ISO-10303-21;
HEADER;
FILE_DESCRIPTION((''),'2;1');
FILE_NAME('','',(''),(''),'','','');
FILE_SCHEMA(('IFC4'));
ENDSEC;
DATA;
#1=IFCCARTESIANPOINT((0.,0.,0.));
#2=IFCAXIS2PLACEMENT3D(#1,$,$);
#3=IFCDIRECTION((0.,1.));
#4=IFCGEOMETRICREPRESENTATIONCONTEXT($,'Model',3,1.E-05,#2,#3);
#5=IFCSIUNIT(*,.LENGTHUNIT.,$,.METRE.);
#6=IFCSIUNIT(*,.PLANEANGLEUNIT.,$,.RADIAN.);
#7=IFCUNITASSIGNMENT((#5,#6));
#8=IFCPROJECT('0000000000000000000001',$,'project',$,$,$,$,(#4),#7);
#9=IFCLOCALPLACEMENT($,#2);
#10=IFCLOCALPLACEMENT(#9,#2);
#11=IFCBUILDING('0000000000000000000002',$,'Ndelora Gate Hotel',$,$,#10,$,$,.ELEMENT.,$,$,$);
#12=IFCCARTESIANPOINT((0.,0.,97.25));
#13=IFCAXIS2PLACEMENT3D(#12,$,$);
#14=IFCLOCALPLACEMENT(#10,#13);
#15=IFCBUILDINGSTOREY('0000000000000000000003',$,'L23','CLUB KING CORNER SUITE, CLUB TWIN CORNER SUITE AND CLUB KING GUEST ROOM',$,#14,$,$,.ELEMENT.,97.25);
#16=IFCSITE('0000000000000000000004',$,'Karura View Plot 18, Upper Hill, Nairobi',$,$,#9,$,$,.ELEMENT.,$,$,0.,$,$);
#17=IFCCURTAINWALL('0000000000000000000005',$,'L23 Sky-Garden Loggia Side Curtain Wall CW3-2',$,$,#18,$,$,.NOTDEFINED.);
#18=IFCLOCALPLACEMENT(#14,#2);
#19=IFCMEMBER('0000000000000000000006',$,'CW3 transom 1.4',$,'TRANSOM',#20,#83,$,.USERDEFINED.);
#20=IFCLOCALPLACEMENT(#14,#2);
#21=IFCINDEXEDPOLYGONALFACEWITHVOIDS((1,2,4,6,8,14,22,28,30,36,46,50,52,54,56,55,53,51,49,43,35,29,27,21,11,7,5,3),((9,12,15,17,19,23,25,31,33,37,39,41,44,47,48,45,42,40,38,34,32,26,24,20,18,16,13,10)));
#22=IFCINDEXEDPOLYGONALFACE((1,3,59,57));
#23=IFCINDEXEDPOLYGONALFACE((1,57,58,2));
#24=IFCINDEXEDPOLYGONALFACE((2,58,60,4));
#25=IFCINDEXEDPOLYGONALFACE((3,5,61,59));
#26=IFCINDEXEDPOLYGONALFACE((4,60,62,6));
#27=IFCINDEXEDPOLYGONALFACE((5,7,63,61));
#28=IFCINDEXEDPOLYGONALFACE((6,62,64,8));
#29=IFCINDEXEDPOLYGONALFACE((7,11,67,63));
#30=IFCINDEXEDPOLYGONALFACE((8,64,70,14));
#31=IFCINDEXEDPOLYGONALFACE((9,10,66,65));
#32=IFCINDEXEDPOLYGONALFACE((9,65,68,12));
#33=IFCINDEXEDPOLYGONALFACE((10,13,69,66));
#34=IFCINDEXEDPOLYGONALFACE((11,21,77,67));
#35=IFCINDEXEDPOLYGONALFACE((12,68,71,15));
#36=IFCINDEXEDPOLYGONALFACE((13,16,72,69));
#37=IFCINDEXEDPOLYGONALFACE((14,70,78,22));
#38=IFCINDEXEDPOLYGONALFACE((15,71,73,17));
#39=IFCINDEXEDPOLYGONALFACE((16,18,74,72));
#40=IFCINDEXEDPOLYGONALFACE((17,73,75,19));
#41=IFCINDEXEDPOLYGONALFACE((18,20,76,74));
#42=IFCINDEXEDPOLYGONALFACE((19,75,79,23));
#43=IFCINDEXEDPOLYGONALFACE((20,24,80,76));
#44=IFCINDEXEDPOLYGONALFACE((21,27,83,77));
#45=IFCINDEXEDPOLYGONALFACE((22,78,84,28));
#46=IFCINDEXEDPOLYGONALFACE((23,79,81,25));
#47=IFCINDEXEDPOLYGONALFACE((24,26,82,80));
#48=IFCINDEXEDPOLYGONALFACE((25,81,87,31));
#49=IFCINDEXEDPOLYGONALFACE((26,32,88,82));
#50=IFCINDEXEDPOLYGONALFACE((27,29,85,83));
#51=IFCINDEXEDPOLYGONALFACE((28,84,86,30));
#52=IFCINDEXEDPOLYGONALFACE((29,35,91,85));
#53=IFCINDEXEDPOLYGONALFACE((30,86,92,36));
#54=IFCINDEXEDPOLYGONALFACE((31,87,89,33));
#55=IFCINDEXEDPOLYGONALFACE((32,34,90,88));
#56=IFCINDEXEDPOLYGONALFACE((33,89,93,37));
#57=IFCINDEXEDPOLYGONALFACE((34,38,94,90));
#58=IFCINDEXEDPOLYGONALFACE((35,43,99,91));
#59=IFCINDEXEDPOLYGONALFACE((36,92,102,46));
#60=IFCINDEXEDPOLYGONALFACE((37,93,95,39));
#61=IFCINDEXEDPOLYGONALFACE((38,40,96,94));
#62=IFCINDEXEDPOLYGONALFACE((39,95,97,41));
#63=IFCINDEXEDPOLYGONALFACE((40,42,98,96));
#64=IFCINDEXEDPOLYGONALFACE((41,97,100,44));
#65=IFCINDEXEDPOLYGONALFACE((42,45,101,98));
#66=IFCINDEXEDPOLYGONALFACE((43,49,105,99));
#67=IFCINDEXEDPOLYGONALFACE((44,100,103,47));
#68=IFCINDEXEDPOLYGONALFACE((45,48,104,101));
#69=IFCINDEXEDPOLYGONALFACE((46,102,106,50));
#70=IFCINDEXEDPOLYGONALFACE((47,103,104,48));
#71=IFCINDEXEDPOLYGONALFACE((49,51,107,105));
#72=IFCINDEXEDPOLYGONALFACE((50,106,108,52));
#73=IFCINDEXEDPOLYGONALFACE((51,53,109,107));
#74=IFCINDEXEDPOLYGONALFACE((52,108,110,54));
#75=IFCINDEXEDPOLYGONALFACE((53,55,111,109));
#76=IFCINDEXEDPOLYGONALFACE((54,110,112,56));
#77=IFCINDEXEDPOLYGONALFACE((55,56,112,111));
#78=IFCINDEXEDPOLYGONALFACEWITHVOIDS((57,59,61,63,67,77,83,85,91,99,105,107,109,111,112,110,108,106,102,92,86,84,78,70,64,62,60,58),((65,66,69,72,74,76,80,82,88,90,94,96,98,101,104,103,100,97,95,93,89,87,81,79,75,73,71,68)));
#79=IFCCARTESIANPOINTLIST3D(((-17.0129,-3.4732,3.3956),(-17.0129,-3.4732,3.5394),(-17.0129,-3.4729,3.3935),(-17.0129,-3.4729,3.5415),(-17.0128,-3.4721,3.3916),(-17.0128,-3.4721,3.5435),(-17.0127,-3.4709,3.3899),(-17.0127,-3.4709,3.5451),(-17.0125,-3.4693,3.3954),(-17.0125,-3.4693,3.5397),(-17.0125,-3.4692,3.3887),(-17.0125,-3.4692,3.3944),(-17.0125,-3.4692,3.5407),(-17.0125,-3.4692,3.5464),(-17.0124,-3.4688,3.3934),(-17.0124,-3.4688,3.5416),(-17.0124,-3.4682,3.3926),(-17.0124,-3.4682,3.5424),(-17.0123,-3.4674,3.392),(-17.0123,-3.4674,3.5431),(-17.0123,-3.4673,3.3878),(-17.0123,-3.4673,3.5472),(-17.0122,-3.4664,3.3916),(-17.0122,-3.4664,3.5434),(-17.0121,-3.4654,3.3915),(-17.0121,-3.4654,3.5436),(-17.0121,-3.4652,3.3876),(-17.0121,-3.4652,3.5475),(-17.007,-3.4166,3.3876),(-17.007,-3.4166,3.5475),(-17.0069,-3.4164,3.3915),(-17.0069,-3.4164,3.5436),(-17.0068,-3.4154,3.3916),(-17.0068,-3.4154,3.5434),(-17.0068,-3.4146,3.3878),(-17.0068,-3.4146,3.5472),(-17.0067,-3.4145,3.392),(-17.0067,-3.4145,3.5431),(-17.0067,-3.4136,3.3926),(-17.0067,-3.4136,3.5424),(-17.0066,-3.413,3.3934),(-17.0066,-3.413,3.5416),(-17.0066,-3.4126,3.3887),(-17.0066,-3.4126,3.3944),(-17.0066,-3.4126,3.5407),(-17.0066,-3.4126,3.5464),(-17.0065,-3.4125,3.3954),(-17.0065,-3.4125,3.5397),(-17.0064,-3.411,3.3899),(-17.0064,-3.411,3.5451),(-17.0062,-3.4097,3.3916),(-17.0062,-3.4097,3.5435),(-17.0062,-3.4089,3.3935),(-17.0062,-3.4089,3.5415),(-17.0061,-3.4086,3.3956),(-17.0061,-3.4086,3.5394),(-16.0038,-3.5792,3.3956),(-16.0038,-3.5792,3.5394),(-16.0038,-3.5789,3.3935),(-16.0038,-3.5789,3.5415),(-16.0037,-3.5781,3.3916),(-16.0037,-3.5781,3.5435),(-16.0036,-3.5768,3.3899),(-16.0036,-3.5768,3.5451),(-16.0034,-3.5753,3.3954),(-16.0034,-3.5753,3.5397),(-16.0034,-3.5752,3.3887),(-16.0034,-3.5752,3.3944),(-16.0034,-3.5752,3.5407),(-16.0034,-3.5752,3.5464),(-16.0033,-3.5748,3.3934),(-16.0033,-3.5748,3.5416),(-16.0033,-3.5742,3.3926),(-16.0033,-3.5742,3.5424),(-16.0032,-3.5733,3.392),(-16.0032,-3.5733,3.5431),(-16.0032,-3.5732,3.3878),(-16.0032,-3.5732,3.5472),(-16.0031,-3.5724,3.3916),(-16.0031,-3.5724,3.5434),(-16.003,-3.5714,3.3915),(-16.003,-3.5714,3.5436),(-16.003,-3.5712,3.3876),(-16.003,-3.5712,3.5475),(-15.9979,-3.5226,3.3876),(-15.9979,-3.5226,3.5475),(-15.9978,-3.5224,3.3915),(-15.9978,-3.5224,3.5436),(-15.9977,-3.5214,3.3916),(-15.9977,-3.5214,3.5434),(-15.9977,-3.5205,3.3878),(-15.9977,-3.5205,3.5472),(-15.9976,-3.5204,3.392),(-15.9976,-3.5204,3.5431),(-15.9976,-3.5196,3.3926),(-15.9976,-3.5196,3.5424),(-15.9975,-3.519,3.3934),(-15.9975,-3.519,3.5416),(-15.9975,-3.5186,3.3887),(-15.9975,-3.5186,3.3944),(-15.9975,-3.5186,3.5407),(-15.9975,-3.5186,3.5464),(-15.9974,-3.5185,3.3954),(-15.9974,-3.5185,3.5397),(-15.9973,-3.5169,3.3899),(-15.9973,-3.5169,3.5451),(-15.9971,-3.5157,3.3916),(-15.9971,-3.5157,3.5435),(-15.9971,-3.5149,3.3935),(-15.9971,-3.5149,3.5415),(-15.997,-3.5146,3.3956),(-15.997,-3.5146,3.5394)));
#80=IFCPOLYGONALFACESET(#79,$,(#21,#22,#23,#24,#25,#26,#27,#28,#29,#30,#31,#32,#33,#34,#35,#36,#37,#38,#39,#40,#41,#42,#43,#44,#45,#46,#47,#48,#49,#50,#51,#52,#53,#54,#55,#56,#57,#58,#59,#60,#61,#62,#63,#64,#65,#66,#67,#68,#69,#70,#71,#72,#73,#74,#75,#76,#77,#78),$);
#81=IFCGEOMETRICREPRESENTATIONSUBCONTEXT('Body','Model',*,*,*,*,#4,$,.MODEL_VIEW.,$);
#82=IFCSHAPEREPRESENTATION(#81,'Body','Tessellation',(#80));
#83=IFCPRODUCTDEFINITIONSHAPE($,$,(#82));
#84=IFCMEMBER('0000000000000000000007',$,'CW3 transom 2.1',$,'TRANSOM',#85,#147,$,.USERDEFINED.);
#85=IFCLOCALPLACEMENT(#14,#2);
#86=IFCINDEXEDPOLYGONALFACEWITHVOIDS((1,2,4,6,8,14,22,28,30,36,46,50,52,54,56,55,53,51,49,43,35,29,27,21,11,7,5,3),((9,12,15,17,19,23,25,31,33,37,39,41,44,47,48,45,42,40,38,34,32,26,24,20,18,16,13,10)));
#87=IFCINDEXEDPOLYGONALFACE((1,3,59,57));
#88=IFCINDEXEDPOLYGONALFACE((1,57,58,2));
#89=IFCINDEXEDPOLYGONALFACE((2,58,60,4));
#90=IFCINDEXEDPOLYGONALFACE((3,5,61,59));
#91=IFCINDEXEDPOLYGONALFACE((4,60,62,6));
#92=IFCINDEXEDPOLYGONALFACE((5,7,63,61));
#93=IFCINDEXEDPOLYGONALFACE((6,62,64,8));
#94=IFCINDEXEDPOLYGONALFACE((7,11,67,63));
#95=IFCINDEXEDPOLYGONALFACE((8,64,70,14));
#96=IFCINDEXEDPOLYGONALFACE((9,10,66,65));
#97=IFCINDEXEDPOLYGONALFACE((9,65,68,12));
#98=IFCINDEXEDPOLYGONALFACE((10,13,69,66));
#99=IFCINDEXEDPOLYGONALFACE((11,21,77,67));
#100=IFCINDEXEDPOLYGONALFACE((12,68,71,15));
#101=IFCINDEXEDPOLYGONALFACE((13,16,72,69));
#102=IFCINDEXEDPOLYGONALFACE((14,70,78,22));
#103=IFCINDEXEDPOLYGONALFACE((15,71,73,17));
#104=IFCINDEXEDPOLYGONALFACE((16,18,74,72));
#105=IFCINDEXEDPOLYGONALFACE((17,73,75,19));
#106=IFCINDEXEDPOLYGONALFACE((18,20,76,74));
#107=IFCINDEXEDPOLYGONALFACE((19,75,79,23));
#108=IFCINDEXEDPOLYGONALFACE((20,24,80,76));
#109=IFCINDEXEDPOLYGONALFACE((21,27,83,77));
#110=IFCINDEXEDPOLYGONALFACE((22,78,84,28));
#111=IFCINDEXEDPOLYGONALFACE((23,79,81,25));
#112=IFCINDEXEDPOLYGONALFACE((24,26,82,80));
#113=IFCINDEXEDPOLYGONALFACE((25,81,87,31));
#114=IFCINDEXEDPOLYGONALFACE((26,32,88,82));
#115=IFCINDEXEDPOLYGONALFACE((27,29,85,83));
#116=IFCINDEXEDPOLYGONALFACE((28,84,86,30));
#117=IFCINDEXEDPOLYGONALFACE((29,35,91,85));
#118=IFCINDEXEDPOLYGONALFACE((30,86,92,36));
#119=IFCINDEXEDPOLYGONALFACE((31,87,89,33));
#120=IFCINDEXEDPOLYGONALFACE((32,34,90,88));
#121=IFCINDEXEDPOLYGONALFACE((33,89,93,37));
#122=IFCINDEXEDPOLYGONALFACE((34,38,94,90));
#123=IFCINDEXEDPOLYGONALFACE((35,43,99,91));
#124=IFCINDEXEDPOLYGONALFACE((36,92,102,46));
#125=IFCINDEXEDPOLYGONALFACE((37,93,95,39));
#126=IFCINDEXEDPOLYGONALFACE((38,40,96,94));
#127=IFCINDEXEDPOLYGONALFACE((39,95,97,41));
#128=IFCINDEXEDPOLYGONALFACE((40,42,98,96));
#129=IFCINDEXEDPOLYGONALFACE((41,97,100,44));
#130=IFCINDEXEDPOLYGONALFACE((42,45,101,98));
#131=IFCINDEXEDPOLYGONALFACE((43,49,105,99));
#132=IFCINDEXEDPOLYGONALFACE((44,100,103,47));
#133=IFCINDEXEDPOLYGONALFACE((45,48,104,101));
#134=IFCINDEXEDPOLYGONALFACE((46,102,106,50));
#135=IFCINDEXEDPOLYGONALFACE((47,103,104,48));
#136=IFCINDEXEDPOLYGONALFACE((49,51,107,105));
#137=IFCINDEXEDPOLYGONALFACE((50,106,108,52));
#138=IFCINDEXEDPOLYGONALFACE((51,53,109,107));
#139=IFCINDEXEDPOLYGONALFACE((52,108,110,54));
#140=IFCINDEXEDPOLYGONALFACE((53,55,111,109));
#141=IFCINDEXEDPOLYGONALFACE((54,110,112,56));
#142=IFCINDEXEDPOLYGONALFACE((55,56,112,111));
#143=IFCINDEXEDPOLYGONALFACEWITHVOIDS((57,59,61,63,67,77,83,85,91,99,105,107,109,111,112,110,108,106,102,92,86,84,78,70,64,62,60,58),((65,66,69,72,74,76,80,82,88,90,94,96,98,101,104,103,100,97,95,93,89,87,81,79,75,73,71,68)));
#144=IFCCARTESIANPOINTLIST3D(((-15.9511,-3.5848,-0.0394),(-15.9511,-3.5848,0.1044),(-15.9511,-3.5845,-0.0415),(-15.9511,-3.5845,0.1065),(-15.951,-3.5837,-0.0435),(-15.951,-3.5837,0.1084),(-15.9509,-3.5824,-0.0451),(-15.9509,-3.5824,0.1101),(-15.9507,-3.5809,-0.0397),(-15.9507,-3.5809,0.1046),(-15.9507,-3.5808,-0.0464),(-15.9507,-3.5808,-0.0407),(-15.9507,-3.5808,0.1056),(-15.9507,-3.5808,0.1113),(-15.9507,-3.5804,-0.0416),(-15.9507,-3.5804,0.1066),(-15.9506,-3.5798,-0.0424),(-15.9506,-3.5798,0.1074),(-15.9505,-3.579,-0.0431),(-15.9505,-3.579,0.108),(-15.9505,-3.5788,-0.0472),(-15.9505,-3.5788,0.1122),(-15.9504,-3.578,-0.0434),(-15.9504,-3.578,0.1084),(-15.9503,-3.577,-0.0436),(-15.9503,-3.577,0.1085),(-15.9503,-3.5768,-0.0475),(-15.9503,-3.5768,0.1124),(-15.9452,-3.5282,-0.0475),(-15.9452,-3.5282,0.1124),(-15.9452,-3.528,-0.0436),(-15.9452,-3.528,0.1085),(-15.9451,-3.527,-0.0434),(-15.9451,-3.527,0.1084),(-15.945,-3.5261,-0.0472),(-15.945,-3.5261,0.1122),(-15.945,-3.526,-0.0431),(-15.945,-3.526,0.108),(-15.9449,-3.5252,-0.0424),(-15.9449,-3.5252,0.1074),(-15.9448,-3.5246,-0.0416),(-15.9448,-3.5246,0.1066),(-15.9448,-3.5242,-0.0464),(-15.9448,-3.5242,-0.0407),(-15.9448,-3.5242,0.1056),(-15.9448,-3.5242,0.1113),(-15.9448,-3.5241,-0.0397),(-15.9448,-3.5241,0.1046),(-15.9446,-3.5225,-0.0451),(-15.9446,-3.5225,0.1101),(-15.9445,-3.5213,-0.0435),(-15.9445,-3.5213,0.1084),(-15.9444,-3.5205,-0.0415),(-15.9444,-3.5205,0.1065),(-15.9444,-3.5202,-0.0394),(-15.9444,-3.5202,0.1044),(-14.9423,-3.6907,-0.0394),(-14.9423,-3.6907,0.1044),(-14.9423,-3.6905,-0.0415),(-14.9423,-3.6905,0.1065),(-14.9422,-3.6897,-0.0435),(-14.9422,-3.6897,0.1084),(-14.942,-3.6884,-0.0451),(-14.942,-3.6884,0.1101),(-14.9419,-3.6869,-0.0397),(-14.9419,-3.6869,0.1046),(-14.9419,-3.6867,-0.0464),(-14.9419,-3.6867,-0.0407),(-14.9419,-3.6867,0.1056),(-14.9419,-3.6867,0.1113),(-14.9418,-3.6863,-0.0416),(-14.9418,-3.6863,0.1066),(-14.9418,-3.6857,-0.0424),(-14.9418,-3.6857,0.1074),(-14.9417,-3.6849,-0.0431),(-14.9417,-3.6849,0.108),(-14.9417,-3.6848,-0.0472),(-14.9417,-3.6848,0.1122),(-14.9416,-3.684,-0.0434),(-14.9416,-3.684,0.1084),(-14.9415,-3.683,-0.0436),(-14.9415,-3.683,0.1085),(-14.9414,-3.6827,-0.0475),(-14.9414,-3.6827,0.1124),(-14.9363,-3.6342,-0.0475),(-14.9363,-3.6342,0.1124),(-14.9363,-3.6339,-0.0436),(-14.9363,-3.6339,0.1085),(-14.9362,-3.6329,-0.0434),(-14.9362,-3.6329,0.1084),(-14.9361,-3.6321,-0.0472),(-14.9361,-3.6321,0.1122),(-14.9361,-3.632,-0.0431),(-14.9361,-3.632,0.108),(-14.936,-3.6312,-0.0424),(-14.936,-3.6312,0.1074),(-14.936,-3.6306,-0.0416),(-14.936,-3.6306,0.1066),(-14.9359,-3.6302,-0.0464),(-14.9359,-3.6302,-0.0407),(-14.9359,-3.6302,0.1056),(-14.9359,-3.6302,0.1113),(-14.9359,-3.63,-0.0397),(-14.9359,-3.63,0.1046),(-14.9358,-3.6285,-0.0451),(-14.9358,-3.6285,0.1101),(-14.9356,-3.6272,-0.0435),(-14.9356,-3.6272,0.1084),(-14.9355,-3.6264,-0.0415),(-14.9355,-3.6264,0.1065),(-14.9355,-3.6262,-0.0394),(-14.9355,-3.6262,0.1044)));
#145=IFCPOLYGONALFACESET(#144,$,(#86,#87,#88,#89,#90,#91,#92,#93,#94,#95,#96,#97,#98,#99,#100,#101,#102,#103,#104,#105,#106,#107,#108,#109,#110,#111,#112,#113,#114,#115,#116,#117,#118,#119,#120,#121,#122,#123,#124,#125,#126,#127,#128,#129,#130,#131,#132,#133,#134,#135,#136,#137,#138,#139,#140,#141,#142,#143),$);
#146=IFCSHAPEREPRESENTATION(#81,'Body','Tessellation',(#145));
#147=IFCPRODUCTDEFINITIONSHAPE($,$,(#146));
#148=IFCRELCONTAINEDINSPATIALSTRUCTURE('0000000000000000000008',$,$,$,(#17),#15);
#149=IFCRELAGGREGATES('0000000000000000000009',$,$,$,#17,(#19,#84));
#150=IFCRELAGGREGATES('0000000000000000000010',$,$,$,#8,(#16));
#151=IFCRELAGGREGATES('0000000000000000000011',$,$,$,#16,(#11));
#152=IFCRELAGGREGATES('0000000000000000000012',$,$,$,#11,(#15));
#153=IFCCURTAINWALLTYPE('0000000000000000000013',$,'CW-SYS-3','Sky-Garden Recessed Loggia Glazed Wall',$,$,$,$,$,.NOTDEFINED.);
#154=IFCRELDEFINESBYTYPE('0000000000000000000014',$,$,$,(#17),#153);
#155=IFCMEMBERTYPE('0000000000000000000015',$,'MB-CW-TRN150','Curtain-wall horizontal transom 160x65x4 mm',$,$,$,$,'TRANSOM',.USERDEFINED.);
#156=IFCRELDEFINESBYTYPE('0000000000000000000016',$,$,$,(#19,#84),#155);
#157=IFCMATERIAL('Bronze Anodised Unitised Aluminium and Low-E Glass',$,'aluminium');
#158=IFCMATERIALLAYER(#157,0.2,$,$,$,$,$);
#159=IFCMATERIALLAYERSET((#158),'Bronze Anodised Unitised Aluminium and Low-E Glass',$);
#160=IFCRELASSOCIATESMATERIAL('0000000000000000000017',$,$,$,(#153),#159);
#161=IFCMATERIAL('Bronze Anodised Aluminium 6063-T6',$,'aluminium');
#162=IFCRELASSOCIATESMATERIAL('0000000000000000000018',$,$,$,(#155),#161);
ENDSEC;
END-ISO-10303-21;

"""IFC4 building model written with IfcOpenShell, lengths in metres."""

from ifc_helpers import new_model, si_unit, direction, frame, origin, origin_2d, place, context, subcontext, project, spatial, hollow_rectangle, extrude, material, layer, layer_set, material_profile, profile_set, type_object, element, aggregate, save


model = new_model("IFC4")

# Units and contexts
model_context = context("Model", 3, precision=1e-05, world=origin(), true_north=direction((0.0, 1.0)))
body_context = subcontext(model_context, "Body", "Model", "MODEL_VIEW")
ifc_project = project(units=[si_unit("LENGTHUNIT", "METRE"), si_unit("PLANEANGLEUNIT", "RADIAN")], contexts=[model_context])

# Site, building, storey
site_placement = place(None, origin())
site = spatial("IfcSite", under=ifc_project, at=site_placement, Name="Karura View Plot 18, Upper Hill, Nairobi", CompositionType="ELEMENT", RefElevation=0.0)
building_placement = place(site_placement, origin())
building = spatial("IfcBuilding", under=site, at=building_placement, Name="Ndelora Gate Hotel", CompositionType="ELEMENT")
storey_placement = place(building_placement, frame((0.0, 0.0, 97.25)))
storey = spatial("IfcBuildingStorey", under=building, at=storey_placement, Name="L23", Description="CLUB KING CORNER SUITE, CLUB TWIN CORNER SUITE AND CLUB KING GUEST ROOM", CompositionType="ELEMENT", Elevation=97.25)

# Curtain wall, members
ifc_material_1 = material(Name="Bronze Anodised Unitised Aluminium and Low-E Glass", Category="aluminium")
ifc_layer_1 = layer(ifc_material_1, 0.2)
ifc_layer_set_1 = layer_set([ifc_layer_1], Name="Bronze Anodised Unitised Aluminium and Low-E Glass")
curtain_wall_type = type_object("IfcCurtainWallType", Name="CW-SYS-3", Description="Sky-Garden Recessed Loggia Glazed Wall", PredefinedType="NOTDEFINED", material=ifc_layer_set_1)
curtain_wall_placement = place(storey_placement, origin())
curtain_wall = element("IfcCurtainWall", 1, at=curtain_wall_placement, inside=storey, type_object=curtain_wall_type, Name="L23 Sky-Garden Loggia Side Curtain Wall CW3-2", PredefinedType="NOTDEFINED")
ifc_material_2 = material(Name="Bronze Anodised Aluminium 6063-T6", Category="aluminium")
ifc_material_profile_1 = material_profile(ifc_material_2, hollow_rectangle(XDim=0.0649, YDim=0.1599, WallThickness=0.0039, InnerFilletRadius=0.0039, OuterFilletRadius=0.0081, at=origin_2d()), Name="ALU 160x65x4")
ifc_profile_set_1 = profile_set([ifc_material_profile_1], Name="Bronze Anodised Aluminium 6063-T6")
member_type_1 = type_object("IfcMemberType", Name="MB-CW-TRN150", Description="Curtain-wall horizontal transom 160x65x4 mm", ElementType="TRANSOM", PredefinedType="USERDEFINED", material=ifc_profile_set_1)
member_1_placement = place(storey_placement, frame((-17.0095, -3.4409, 3.4675), z_axis=(0.994532, -0.104434, 0.0), x_axis=(0.104434, 0.994532, 0.0)))
member_1 = element("IfcMember", 2, at=member_1_placement, type_object=member_type_1, Name="CW3 transom 1.4", ObjectType="TRANSOM", PredefinedType="USERDEFINED", context=body_context, shape_type="SweptSolid", body=[
    extrude(hollow_rectangle(XDim=0.0649, YDim=0.1599, WallThickness=0.0039, InnerFilletRadius=0.0039, OuterFilletRadius=0.0081, at=origin_2d()), origin(), (0.0, 0.0, 1.0), 1.0146),
])
member_2_placement = place(storey_placement, frame((-15.9478, -3.5525, 0.0325), z_axis=(0.994529, -0.104459, 0.0), x_axis=(0.104459, 0.994529, 0.0)))
member_2 = element("IfcMember", 3, at=member_2_placement, type_object=member_type_1, Name="CW3 transom 2.1", ObjectType="TRANSOM", PredefinedType="USERDEFINED", context=body_context, shape_type="SweptSolid", body=[
    extrude(hollow_rectangle(XDim=0.0649, YDim=0.1599, WallThickness=0.0039, InnerFilletRadius=0.0039, OuterFilletRadius=0.0081, at=origin_2d()), origin(), (0.0, 0.0, 1.0), 1.0144),
])
aggregate(curtain_wall, [member_1, member_2])

save(model, "model.ifc")
